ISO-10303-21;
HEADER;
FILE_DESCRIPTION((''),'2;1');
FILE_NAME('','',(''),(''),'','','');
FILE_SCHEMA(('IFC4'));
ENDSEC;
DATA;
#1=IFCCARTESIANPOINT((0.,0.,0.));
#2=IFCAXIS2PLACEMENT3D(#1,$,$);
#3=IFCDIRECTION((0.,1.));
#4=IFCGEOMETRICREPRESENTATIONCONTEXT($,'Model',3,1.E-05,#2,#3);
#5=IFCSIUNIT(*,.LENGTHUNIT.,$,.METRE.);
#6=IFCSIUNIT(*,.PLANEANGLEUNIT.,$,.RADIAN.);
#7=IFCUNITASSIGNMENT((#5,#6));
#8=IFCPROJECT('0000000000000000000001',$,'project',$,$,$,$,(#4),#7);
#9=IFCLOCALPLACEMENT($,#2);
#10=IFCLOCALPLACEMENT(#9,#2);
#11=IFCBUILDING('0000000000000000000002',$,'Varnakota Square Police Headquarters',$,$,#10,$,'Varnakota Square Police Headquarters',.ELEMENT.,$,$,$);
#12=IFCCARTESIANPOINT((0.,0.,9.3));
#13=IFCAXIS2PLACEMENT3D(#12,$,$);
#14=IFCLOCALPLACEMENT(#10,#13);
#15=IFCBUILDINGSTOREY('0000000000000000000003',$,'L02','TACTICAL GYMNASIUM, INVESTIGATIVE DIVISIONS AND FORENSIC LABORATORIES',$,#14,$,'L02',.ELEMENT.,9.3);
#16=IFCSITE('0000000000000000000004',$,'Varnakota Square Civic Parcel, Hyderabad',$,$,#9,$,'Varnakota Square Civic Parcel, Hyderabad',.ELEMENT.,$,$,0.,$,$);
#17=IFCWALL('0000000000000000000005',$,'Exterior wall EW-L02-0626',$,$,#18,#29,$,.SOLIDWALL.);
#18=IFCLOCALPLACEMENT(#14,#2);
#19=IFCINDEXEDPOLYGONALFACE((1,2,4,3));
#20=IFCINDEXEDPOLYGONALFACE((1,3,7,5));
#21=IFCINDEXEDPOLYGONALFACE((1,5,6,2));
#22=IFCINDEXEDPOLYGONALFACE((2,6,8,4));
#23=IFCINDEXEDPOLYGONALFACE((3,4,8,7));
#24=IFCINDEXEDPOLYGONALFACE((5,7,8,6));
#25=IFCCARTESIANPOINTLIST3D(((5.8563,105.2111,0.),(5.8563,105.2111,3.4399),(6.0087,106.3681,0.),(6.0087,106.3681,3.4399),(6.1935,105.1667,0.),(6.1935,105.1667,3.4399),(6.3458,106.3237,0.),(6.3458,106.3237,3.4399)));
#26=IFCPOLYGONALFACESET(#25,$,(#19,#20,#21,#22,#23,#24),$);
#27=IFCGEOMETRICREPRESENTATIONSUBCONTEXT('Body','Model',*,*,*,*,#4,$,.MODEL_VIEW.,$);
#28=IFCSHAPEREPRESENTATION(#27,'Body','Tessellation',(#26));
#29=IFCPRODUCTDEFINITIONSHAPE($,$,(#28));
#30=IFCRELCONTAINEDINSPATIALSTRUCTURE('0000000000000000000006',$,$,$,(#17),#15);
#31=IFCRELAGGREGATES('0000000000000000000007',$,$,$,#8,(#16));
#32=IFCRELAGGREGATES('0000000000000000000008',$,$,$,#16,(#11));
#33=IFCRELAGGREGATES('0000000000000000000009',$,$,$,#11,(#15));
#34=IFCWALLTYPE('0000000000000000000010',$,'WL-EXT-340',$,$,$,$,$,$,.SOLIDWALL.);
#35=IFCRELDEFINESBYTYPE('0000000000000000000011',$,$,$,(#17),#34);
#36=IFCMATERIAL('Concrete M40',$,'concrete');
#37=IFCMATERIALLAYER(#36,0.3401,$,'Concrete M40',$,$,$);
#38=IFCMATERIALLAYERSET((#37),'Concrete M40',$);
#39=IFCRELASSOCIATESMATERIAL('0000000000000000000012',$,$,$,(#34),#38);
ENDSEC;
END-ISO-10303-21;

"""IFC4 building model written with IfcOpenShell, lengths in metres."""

from ifc_helpers import new_model, si_unit, direction, frame, frame_2d, origin, place, context, subcontext, project, spatial, rectangle, extrude, material, layer, layer_set, type_object, element, save


model = new_model("IFC4")

# Units and contexts
model_context = context("Model", 3, precision=1e-05, world=origin(), true_north=direction((0.0, 1.0)))
body_context = subcontext(model_context, "Body", "Model", "MODEL_VIEW")
ifc_project = project(units=[si_unit("LENGTHUNIT", "METRE"), si_unit("PLANEANGLEUNIT", "RADIAN")], contexts=[model_context])

# Site, building, storey
site_placement = place(None, origin())
site = spatial("IfcSite", under=ifc_project, at=site_placement, Name="Varnakota Square Civic Parcel, Hyderabad", LongName="Varnakota Square Civic Parcel, Hyderabad", CompositionType="ELEMENT", RefElevation=0.0)
building_placement = place(site_placement, origin())
building = spatial("IfcBuilding", under=site, at=building_placement, Name="Varnakota Square Police Headquarters", LongName="Varnakota Square Police Headquarters", CompositionType="ELEMENT")
storey_placement = place(building_placement, frame((0.0, 0.0, 9.3)))
storey = spatial("IfcBuildingStorey", under=building, at=storey_placement, Name="L02", Description="TACTICAL GYMNASIUM, INVESTIGATIVE DIVISIONS AND FORENSIC LABORATORIES", LongName="L02", CompositionType="ELEMENT", Elevation=9.3)

# Wall
ifc_material_1 = material(Name="Concrete M40", Category="concrete")
ifc_layer_1 = layer(ifc_material_1, 0.3401, Name="Concrete M40")
ifc_layer_set_1 = layer_set([ifc_layer_1], Name="Concrete M40")
wall_type_1 = type_object("IfcWallType", Name="WL-EXT-340", PredefinedType="SOLIDWALL", material=ifc_layer_set_1)
wall_1_placement = place(storey_placement, frame((6.1772, 106.3459, 0.0), z_axis=(0.0, 0.0, 1.0), x_axis=(-0.130547, -0.991442, 0.0)))
element("IfcWall", 1, at=wall_1_placement, inside=storey, type_object=wall_type_1, Name="Exterior wall EW-L02-0626", PredefinedType="SOLIDWALL", context=body_context, shape_type="SweptSolid", body=[
    extrude(rectangle(XDim=1.167, YDim=0.3401, at=frame_2d((0.5835, 0.0))), origin(), (0.0, 0.0, 1.0), 3.4399),
])

save(model, "model.ifc")
